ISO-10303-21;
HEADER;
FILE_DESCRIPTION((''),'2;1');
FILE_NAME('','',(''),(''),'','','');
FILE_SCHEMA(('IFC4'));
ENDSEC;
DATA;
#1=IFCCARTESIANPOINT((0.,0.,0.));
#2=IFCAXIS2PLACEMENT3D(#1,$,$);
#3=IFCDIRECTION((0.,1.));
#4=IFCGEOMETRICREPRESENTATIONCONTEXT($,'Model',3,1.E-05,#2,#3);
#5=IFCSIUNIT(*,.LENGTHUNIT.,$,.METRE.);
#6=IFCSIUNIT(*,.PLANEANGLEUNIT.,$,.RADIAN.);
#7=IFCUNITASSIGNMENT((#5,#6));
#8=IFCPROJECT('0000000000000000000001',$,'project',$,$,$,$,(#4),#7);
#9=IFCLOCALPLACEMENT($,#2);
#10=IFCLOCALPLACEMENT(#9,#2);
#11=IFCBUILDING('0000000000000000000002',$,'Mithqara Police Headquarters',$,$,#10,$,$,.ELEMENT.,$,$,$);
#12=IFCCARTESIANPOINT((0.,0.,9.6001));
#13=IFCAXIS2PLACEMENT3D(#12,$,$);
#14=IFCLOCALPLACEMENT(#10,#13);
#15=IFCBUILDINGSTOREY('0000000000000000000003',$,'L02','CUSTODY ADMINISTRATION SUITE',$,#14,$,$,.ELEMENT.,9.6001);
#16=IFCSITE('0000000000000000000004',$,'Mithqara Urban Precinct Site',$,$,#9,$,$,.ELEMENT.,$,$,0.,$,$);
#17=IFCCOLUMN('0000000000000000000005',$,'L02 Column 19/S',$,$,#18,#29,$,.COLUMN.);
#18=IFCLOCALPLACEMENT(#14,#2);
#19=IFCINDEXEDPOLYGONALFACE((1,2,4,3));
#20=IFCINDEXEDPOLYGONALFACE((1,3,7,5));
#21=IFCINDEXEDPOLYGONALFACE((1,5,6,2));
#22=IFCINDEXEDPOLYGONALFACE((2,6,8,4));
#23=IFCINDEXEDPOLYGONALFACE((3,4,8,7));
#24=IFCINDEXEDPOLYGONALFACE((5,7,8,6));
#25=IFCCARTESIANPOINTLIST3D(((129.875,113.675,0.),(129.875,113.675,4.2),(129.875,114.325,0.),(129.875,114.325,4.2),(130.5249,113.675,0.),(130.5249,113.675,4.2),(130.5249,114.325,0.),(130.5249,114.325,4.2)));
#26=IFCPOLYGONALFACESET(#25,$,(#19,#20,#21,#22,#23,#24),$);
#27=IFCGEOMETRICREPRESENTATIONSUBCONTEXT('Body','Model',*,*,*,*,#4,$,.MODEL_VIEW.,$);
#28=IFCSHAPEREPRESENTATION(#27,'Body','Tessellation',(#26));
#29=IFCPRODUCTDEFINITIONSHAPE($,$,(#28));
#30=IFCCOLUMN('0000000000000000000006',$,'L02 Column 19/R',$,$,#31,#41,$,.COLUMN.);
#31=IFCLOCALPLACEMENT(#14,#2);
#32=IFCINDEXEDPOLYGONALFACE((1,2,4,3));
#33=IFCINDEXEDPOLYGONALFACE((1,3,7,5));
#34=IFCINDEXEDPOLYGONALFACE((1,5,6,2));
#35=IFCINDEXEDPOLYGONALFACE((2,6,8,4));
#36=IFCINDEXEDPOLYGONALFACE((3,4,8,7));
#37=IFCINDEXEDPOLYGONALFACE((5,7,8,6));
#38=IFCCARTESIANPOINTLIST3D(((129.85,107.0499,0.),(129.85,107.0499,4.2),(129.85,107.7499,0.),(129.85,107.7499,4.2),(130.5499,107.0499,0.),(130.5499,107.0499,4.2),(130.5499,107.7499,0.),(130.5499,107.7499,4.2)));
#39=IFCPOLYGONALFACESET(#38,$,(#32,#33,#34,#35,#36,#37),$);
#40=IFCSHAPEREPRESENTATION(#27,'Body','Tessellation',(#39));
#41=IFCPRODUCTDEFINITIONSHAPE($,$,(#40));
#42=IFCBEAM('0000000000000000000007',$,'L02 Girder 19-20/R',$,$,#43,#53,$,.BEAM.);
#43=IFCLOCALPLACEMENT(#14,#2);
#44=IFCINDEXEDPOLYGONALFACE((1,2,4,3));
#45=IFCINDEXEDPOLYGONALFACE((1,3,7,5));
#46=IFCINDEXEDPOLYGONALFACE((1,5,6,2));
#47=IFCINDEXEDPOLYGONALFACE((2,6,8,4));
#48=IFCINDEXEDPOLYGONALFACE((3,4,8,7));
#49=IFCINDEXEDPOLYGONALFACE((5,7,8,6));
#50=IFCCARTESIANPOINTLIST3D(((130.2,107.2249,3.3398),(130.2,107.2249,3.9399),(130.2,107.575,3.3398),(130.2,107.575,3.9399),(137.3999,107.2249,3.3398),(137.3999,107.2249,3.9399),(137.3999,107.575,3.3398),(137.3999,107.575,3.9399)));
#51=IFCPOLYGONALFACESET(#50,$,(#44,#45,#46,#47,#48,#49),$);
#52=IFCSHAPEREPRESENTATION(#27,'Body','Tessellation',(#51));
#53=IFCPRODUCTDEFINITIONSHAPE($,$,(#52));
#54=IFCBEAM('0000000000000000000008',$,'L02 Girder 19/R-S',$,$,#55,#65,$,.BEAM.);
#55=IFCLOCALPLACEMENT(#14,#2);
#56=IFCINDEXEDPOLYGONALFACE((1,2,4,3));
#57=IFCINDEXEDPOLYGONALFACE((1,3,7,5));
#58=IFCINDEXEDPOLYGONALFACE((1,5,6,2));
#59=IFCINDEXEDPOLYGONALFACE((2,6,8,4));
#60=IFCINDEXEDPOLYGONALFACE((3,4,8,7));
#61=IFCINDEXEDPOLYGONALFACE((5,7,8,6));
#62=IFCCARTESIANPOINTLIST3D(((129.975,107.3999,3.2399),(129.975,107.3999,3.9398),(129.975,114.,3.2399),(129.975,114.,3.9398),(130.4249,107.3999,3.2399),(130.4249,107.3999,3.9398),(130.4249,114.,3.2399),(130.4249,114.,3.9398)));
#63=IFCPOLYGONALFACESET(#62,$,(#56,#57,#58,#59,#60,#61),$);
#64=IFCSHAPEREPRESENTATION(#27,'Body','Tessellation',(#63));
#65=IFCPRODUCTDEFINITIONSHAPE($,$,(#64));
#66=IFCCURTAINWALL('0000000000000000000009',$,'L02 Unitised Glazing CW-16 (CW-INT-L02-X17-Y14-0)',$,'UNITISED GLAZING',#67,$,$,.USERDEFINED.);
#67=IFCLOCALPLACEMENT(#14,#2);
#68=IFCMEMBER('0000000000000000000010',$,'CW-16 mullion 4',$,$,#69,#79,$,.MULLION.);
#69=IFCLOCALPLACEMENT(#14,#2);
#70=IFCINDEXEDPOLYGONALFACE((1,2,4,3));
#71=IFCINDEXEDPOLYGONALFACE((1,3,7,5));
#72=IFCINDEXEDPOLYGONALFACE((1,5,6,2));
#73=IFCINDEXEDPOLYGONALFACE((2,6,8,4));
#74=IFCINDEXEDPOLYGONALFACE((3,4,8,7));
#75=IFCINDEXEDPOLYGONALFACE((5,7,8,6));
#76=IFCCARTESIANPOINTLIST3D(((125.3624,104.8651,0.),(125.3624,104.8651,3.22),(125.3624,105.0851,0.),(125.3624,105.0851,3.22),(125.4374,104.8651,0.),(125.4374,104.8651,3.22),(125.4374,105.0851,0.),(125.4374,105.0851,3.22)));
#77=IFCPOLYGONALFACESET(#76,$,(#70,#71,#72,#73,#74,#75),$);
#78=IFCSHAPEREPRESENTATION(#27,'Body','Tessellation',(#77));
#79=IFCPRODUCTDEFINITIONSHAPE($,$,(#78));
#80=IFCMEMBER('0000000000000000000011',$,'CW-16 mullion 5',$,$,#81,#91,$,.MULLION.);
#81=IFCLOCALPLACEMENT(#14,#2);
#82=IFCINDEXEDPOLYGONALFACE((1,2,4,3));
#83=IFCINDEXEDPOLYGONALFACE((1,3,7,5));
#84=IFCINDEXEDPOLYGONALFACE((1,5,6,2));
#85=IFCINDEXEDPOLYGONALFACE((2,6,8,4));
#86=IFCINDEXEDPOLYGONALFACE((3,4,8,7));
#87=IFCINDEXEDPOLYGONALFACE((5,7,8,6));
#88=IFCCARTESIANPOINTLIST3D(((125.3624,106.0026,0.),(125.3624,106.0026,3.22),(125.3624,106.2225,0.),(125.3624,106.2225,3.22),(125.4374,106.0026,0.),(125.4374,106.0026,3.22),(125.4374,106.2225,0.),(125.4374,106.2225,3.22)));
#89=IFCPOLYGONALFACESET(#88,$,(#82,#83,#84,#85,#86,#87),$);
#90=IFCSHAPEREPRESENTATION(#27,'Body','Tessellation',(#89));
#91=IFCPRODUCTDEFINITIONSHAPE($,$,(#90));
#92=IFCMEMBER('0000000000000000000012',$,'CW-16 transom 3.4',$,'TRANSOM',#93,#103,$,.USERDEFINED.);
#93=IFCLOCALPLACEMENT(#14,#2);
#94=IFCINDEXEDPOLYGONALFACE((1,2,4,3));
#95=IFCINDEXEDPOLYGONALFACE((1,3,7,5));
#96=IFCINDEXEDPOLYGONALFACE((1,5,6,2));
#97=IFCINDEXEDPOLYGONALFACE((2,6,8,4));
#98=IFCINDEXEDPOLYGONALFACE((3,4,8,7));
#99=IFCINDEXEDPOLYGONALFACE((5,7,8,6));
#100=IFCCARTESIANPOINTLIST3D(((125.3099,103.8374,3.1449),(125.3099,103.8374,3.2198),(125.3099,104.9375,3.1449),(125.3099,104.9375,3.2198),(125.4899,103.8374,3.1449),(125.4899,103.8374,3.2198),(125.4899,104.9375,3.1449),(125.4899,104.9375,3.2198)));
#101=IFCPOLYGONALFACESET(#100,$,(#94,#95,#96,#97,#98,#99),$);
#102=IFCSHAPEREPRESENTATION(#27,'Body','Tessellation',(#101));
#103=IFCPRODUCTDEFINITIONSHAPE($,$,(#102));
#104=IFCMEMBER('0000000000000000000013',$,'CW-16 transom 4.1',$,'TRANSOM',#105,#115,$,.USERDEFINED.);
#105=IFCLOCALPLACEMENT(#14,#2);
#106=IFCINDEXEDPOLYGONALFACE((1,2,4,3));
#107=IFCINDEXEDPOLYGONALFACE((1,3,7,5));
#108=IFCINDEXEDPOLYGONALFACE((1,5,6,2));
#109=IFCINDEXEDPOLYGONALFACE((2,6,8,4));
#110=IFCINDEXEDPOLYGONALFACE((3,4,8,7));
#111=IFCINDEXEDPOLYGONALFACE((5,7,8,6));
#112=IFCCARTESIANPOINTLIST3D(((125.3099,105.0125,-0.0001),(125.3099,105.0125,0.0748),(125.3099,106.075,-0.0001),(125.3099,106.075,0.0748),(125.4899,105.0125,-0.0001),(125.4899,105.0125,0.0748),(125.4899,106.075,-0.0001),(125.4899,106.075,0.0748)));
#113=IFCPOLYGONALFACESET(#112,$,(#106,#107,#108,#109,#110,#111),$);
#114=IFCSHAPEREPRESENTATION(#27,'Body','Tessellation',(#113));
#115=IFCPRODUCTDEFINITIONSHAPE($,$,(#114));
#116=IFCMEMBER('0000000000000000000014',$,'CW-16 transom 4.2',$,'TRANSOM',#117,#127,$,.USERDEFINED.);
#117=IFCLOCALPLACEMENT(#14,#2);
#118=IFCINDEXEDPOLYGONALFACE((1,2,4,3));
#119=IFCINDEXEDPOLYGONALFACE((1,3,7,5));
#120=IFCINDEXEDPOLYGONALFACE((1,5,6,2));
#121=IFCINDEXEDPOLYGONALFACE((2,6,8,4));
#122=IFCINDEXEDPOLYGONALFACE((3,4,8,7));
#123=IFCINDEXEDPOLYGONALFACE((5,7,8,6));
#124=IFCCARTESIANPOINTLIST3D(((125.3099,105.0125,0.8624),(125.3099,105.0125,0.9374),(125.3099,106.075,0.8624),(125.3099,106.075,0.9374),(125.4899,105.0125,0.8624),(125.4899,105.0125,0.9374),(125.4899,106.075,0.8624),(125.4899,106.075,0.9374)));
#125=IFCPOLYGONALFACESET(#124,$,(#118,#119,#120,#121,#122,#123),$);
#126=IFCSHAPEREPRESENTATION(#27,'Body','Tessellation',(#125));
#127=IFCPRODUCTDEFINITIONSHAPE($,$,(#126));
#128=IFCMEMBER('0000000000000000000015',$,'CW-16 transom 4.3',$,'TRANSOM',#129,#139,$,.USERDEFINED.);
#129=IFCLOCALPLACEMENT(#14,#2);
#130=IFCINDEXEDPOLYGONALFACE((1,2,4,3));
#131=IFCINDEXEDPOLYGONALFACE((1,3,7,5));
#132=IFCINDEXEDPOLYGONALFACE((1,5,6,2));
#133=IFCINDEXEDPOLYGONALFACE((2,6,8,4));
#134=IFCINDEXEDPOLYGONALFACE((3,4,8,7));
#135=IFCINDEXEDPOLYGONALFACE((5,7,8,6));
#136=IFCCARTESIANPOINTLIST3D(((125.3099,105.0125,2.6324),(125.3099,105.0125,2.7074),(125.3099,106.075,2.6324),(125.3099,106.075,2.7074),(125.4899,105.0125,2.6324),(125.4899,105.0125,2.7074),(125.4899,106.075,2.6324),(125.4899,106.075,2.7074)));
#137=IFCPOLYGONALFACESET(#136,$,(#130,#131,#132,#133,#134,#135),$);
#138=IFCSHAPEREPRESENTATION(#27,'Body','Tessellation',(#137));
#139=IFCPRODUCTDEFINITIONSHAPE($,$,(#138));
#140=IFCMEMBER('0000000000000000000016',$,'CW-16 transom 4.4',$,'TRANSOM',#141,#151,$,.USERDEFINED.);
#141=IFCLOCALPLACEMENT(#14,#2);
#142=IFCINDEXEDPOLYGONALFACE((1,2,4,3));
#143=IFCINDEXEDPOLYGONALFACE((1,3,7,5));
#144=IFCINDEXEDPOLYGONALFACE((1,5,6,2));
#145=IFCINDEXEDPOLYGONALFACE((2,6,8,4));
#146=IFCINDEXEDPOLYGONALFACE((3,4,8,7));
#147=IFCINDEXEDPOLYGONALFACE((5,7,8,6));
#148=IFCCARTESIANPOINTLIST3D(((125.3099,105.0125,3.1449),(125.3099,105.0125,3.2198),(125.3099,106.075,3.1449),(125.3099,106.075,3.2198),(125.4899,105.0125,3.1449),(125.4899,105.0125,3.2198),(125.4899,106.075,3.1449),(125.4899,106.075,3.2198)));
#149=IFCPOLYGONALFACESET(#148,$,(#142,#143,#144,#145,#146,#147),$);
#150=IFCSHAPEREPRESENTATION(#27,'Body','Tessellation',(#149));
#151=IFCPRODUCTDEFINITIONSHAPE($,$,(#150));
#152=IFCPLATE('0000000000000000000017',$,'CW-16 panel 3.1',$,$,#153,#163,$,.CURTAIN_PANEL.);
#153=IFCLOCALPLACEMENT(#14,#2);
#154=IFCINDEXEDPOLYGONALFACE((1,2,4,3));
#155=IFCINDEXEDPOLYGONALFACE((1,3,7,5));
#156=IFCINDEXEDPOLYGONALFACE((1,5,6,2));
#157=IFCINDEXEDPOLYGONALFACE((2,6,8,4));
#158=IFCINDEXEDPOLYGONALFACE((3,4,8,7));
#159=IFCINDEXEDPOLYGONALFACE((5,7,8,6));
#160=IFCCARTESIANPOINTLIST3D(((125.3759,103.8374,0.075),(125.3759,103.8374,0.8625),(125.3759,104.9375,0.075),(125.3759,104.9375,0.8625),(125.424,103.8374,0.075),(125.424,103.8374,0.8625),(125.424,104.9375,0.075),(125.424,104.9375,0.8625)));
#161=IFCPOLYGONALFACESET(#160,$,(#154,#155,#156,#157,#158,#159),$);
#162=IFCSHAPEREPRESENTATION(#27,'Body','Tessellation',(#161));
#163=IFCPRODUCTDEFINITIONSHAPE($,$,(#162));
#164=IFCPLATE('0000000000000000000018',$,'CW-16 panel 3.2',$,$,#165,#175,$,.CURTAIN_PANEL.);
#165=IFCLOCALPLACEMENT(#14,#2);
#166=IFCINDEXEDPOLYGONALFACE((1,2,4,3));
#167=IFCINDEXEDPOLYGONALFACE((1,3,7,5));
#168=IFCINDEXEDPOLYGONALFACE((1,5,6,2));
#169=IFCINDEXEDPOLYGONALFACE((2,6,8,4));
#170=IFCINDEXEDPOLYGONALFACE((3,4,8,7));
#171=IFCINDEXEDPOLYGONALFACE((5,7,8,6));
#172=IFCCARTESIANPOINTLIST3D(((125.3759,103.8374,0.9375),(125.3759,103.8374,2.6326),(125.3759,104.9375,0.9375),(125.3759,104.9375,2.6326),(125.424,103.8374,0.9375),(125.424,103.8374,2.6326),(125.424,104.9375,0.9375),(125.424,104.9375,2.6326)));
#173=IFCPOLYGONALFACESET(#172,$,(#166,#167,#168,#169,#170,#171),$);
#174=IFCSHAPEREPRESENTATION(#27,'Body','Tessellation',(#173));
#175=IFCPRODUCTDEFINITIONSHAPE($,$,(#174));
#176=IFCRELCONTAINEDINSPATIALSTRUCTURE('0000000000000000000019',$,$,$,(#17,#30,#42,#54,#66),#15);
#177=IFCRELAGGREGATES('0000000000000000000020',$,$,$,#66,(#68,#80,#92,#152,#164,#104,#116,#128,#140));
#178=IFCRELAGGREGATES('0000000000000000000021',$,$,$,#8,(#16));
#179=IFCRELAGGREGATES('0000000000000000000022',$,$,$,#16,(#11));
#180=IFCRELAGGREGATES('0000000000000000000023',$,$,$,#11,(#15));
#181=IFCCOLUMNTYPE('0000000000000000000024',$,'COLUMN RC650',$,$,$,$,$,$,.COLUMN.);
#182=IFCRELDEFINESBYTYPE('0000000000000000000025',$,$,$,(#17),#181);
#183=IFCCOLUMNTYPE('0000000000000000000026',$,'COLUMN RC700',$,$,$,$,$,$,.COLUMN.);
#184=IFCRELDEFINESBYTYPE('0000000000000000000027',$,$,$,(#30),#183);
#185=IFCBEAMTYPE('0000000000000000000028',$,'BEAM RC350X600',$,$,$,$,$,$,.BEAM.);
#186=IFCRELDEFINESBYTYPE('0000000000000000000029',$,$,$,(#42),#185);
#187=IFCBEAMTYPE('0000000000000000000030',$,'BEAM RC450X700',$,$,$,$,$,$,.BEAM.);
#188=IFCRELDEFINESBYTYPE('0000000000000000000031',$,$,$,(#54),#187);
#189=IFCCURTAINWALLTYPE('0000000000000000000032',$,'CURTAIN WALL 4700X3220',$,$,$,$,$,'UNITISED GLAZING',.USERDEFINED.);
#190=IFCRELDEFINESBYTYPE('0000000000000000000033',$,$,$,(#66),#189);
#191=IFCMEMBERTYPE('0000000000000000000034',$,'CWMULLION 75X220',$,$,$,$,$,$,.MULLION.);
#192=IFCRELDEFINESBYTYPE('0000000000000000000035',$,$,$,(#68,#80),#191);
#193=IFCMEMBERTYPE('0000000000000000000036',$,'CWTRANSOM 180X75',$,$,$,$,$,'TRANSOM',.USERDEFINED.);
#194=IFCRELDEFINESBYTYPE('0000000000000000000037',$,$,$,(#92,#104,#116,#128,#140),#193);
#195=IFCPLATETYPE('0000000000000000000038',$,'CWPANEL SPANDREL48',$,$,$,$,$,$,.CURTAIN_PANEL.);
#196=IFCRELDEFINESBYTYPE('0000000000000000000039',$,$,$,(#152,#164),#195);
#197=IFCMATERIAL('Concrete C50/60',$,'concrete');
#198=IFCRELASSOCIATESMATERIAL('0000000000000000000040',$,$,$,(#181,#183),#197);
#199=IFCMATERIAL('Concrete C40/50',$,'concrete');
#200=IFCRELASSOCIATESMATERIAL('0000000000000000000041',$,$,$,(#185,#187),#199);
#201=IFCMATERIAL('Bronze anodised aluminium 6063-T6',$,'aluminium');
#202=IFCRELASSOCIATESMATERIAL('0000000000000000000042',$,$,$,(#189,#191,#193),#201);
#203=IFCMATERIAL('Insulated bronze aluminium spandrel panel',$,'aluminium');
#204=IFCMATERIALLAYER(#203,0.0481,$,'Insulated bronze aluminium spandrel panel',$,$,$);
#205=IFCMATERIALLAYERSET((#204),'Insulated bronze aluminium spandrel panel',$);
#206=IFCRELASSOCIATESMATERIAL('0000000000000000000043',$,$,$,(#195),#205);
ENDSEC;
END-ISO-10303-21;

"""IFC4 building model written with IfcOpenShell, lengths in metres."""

from ifc_helpers import new_model, si_unit, direction, frame, origin, origin_2d, place, context, subcontext, project, spatial, rectangle, extrude, material, layer, layer_set, material_profile, profile_set, type_object, element, aggregate, save


model = new_model("IFC4")

# Units and contexts
model_context = context("Model", 3, precision=1e-05, world=origin(), true_north=direction((0.0, 1.0)))
body_context = subcontext(model_context, "Body", "Model", "MODEL_VIEW")
ifc_project = project(units=[si_unit("LENGTHUNIT", "METRE"), si_unit("PLANEANGLEUNIT", "RADIAN")], contexts=[model_context])

# Site, building, storey
site_placement = place(None, origin())
site = spatial("IfcSite", under=ifc_project, at=site_placement, Name="Mithqara Urban Precinct Site", CompositionType="ELEMENT", RefElevation=0.0)
building_placement = place(site_placement, origin())
building = spatial("IfcBuilding", under=site, at=building_placement, Name="Mithqara Police Headquarters", CompositionType="ELEMENT")
storey_placement = place(building_placement, frame((0.0, 0.0, 9.6001)))
storey = spatial("IfcBuildingStorey", under=building, at=storey_placement, Name="L02", Description="CUSTODY ADMINISTRATION SUITE", CompositionType="ELEMENT", Elevation=9.6001)

# Columns
ifc_material_1 = material(Name="Concrete C50/60", Category="concrete")
ifc_material_profile_1 = material_profile(ifc_material_1, rectangle(XDim=0.6499, YDim=0.6499, at=origin_2d()), Name="RC 650x650")
ifc_profile_set_1 = profile_set([ifc_material_profile_1], Name="Concrete C50/60")
column_type_1 = type_object("IfcColumnType", Name="COLUMN RC650", PredefinedType="COLUMN", material=ifc_profile_set_1)
column_1_placement = place(storey_placement, frame((130.2, 114.0, 0.0), z_axis=(0.0, 0.0, 1.0), x_axis=(1.0, 0.0, 0.0)))
element("IfcColumn", 1, at=column_1_placement, inside=storey, type_object=column_type_1, Name="L02 Column 19/S", PredefinedType="COLUMN", context=body_context, shape_type="SweptSolid", body=[
    extrude(rectangle(XDim=0.6499, YDim=0.6499, at=origin_2d()), origin(), (0.0, 0.0, 1.0), 4.2),
])
ifc_material_profile_2 = material_profile(ifc_material_1, rectangle(XDim=0.7, YDim=0.7, at=origin_2d()), Name="RC 700x700")
ifc_profile_set_2 = profile_set([ifc_material_profile_2], Name="Concrete C50/60")
column_type_2 = type_object("IfcColumnType", Name="COLUMN RC700", PredefinedType="COLUMN", material=ifc_profile_set_2)
column_2_placement = place(storey_placement, frame((130.2, 107.3999, 0.0), z_axis=(0.0, 0.0, 1.0), x_axis=(1.0, 0.0, 0.0)))
element("IfcColumn", 2, at=column_2_placement, inside=storey, type_object=column_type_2, Name="L02 Column 19/R", PredefinedType="COLUMN", context=body_context, shape_type="SweptSolid", body=[
    extrude(rectangle(XDim=0.7, YDim=0.7, at=origin_2d()), origin(), (0.0, 0.0, 1.0), 4.2),
])

# Beams
ifc_material_2 = material(Name="Concrete C40/50", Category="concrete")
ifc_material_profile_3 = material_profile(ifc_material_2, rectangle(XDim=0.3501, YDim=0.6001, at=origin_2d()), Name="RC 350x600")
ifc_profile_set_3 = profile_set([ifc_material_profile_3], Name="Concrete C40/50")
beam_type_1 = type_object("IfcBeamType", Name="BEAM RC350X600", PredefinedType="BEAM", material=ifc_profile_set_3)
beam_1_placement = place(storey_placement, frame((130.2, 107.3999, 3.6399), z_axis=(1.0, 0.0, 0.0), x_axis=(0.0, 1.0, 0.0)))
element("IfcBeam", 3, at=beam_1_placement, inside=storey, type_object=beam_type_1, Name="L02 Girder 19-20/R", PredefinedType="BEAM", context=body_context, shape_type="SweptSolid", body=[
    extrude(rectangle(XDim=0.3501, YDim=0.6001, at=origin_2d()), origin(), (0.0, 0.0, 1.0), 7.2),
])
ifc_material_profile_4 = material_profile(ifc_material_2, rectangle(XDim=0.45, YDim=0.7, at=origin_2d()), Name="RC 450x700")
ifc_profile_set_4 = profile_set([ifc_material_profile_4], Name="Concrete C40/50")
beam_type_2 = type_object("IfcBeamType", Name="BEAM RC450X700", PredefinedType="BEAM", material=ifc_profile_set_4)
beam_2_placement = place(storey_placement, frame((130.2, 107.3999, 3.5898), z_axis=(0.0, 1.0, 0.0), x_axis=(-1.0, 0.0, 0.0)))
element("IfcBeam", 4, at=beam_2_placement, inside=storey, type_object=beam_type_2, Name="L02 Girder 19/R-S", PredefinedType="BEAM", context=body_context, shape_type="SweptSolid", body=[
    extrude(rectangle(XDim=0.45, YDim=0.7, at=origin_2d()), origin(), (0.0, 0.0, 1.0), 6.6001),
])

# Curtain wall, members, plates
ifc_material_3 = material(Name="Bronze anodised aluminium 6063-T6", Category="aluminium")
curtain_wall_type = type_object("IfcCurtainWallType", Name="CURTAIN WALL 4700X3220", ElementType="UNITISED GLAZING", PredefinedType="USERDEFINED", material=ifc_material_3)
curtain_wall_placement = place(storey_placement, origin())
curtain_wall = element("IfcCurtainWall", 5, at=curtain_wall_placement, inside=storey, type_object=curtain_wall_type, Name="L02 Unitised Glazing CW-16 (CW-INT-L02-X17-Y14-0)", ObjectType="UNITISED GLAZING", PredefinedType="USERDEFINED")
ifc_material_profile_5 = material_profile(ifc_material_3, rectangle(XDim=0.075, YDim=0.22, at=origin_2d()), Name="CWM 75x220")
ifc_profile_set_5 = profile_set([ifc_material_profile_5], Name="Bronze anodised aluminium 6063-T6")
member_type_1 = type_object("IfcMemberType", Name="CWMULLION 75X220", PredefinedType="MULLION", material=ifc_profile_set_5)
member_1_placement = place(storey_placement, frame((125.3999, 104.9751, 0.0), z_axis=(0.0, 0.0, 1.0), x_axis=(-1.0, 0.0, 0.0)))
member_1 = element("IfcMember", 6, at=member_1_placement, type_object=member_type_1, Name="CW-16 mullion 4", PredefinedType="MULLION", context=body_context, shape_type="SweptSolid", body=[
    extrude(rectangle(XDim=0.075, YDim=0.22, at=origin_2d()), origin(), (0.0, 0.0, 1.0), 3.22),
])
member_2_placement = place(storey_placement, frame((125.3999, 106.1125, 0.0), z_axis=(0.0, 0.0, 1.0), x_axis=(-1.0, 0.0, 0.0)))
member_2 = element("IfcMember", 7, at=member_2_placement, type_object=member_type_1, Name="CW-16 mullion 5", PredefinedType="MULLION", context=body_context, shape_type="SweptSolid", body=[
    extrude(rectangle(XDim=0.075, YDim=0.22, at=origin_2d()), origin(), (0.0, 0.0, 1.0), 3.22),
])
ifc_material_profile_6 = material_profile(ifc_material_3, rectangle(XDim=0.1799, YDim=0.075, at=origin_2d()), Name="CWT 180x75")
ifc_profile_set_6 = profile_set([ifc_material_profile_6], Name="Bronze anodised aluminium 6063-T6")
member_type_2 = type_object("IfcMemberType", Name="CWTRANSOM 180X75", ElementType="TRANSOM", PredefinedType="USERDEFINED", material=ifc_profile_set_6)
member_3_placement = place(storey_placement, frame((125.3999, 103.8374, 3.1824), z_axis=(0.0, 1.0, 0.0), x_axis=(-1.0, 0.0, 0.0)))
member_3 = element("IfcMember", 8, at=member_3_placement, type_object=member_type_2, Name="CW-16 transom 3.4", ObjectType="TRANSOM", PredefinedType="USERDEFINED", context=body_context, shape_type="SweptSolid", body=[
    extrude(rectangle(XDim=0.1799, YDim=0.075, at=origin_2d()), origin(), (0.0, 0.0, 1.0), 1.1001),
])
member_4_placement = place(storey_placement, frame((125.3999, 105.0125, 0.0374), z_axis=(0.0, 1.0, 0.0), x_axis=(-1.0, 0.0, 0.0)))
member_4 = element("IfcMember", 9, at=member_4_placement, type_object=member_type_2, Name="CW-16 transom 4.1", ObjectType="TRANSOM", PredefinedType="USERDEFINED", context=body_context, shape_type="SweptSolid", body=[
    extrude(rectangle(XDim=0.1799, YDim=0.075, at=origin_2d()), origin(), (0.0, 0.0, 1.0), 1.0625),
])
member_5_placement = place(storey_placement, frame((125.3999, 105.0125, 0.8999), z_axis=(0.0, 1.0, 0.0), x_axis=(-1.0, 0.0, 0.0)))
member_5 = element("IfcMember", 10, at=member_5_placement, type_object=member_type_2, Name="CW-16 transom 4.2", ObjectType="TRANSOM", PredefinedType="USERDEFINED", context=body_context, shape_type="SweptSolid", body=[
    extrude(rectangle(XDim=0.1799, YDim=0.075, at=origin_2d()), origin(), (0.0, 0.0, 1.0), 1.0625),
])
member_6_placement = place(storey_placement, frame((125.3999, 105.0125, 2.6699), z_axis=(0.0, 1.0, 0.0), x_axis=(-1.0, 0.0, 0.0)))
member_6 = element("IfcMember", 11, at=member_6_placement, type_object=member_type_2, Name="CW-16 transom 4.3", ObjectType="TRANSOM", PredefinedType="USERDEFINED", context=body_context, shape_type="SweptSolid", body=[
    extrude(rectangle(XDim=0.1799, YDim=0.075, at=origin_2d()), origin(), (0.0, 0.0, 1.0), 1.0625),
])
member_7_placement = place(storey_placement, frame((125.3999, 105.0125, 3.1824), z_axis=(0.0, 1.0, 0.0), x_axis=(-1.0, 0.0, 0.0)))
member_7 = element("IfcMember", 12, at=member_7_placement, type_object=member_type_2, Name="CW-16 transom 4.4", ObjectType="TRANSOM", PredefinedType="USERDEFINED", context=body_context, shape_type="SweptSolid", body=[
    extrude(rectangle(XDim=0.1799, YDim=0.075, at=origin_2d()), origin(), (0.0, 0.0, 1.0), 1.0625),
])
ifc_material_4 = material(Name="Insulated bronze aluminium spandrel panel", Category="aluminium")
ifc_layer_1 = layer(ifc_material_4, 0.0481, Name="Insulated bronze aluminium spandrel panel")
ifc_layer_set_1 = layer_set([ifc_layer_1], Name="Insulated bronze aluminium spandrel panel")
plate_type = type_object("IfcPlateType", Name="CWPANEL SPANDREL48", PredefinedType="CURTAIN_PANEL", material=ifc_layer_set_1)
plate_1_placement = place(storey_placement, frame((125.3999, 104.3875, 0.075), z_axis=(0.0, 0.0, 1.0), x_axis=(0.0, 1.0, 0.0)))
plate_1 = element("IfcPlate", 13, at=plate_1_placement, type_object=plate_type, Name="CW-16 panel 3.1", PredefinedType="CURTAIN_PANEL", context=body_context, shape_type="SweptSolid", body=[
    extrude(rectangle(XDim=1.1001, YDim=0.0481, at=origin_2d()), origin(), (0.0, 0.0, 1.0), 0.7876),
])
plate_2_placement = place(storey_placement, frame((125.3999, 104.3875, 0.9375), z_axis=(0.0, 0.0, 1.0), x_axis=(0.0, 1.0, 0.0)))
plate_2 = element("IfcPlate", 14, at=plate_2_placement, type_object=plate_type, Name="CW-16 panel 3.2", PredefinedType="CURTAIN_PANEL", context=body_context, shape_type="SweptSolid", body=[
    extrude(rectangle(XDim=1.1001, YDim=0.0481, at=origin_2d()), origin(), (0.0, 0.0, 1.0), 1.6951),
])
aggregate(curtain_wall, [member_1, member_2, member_3, plate_1, plate_2, member_4, member_5, member_6, member_7])

save(model, "model.ifc")
